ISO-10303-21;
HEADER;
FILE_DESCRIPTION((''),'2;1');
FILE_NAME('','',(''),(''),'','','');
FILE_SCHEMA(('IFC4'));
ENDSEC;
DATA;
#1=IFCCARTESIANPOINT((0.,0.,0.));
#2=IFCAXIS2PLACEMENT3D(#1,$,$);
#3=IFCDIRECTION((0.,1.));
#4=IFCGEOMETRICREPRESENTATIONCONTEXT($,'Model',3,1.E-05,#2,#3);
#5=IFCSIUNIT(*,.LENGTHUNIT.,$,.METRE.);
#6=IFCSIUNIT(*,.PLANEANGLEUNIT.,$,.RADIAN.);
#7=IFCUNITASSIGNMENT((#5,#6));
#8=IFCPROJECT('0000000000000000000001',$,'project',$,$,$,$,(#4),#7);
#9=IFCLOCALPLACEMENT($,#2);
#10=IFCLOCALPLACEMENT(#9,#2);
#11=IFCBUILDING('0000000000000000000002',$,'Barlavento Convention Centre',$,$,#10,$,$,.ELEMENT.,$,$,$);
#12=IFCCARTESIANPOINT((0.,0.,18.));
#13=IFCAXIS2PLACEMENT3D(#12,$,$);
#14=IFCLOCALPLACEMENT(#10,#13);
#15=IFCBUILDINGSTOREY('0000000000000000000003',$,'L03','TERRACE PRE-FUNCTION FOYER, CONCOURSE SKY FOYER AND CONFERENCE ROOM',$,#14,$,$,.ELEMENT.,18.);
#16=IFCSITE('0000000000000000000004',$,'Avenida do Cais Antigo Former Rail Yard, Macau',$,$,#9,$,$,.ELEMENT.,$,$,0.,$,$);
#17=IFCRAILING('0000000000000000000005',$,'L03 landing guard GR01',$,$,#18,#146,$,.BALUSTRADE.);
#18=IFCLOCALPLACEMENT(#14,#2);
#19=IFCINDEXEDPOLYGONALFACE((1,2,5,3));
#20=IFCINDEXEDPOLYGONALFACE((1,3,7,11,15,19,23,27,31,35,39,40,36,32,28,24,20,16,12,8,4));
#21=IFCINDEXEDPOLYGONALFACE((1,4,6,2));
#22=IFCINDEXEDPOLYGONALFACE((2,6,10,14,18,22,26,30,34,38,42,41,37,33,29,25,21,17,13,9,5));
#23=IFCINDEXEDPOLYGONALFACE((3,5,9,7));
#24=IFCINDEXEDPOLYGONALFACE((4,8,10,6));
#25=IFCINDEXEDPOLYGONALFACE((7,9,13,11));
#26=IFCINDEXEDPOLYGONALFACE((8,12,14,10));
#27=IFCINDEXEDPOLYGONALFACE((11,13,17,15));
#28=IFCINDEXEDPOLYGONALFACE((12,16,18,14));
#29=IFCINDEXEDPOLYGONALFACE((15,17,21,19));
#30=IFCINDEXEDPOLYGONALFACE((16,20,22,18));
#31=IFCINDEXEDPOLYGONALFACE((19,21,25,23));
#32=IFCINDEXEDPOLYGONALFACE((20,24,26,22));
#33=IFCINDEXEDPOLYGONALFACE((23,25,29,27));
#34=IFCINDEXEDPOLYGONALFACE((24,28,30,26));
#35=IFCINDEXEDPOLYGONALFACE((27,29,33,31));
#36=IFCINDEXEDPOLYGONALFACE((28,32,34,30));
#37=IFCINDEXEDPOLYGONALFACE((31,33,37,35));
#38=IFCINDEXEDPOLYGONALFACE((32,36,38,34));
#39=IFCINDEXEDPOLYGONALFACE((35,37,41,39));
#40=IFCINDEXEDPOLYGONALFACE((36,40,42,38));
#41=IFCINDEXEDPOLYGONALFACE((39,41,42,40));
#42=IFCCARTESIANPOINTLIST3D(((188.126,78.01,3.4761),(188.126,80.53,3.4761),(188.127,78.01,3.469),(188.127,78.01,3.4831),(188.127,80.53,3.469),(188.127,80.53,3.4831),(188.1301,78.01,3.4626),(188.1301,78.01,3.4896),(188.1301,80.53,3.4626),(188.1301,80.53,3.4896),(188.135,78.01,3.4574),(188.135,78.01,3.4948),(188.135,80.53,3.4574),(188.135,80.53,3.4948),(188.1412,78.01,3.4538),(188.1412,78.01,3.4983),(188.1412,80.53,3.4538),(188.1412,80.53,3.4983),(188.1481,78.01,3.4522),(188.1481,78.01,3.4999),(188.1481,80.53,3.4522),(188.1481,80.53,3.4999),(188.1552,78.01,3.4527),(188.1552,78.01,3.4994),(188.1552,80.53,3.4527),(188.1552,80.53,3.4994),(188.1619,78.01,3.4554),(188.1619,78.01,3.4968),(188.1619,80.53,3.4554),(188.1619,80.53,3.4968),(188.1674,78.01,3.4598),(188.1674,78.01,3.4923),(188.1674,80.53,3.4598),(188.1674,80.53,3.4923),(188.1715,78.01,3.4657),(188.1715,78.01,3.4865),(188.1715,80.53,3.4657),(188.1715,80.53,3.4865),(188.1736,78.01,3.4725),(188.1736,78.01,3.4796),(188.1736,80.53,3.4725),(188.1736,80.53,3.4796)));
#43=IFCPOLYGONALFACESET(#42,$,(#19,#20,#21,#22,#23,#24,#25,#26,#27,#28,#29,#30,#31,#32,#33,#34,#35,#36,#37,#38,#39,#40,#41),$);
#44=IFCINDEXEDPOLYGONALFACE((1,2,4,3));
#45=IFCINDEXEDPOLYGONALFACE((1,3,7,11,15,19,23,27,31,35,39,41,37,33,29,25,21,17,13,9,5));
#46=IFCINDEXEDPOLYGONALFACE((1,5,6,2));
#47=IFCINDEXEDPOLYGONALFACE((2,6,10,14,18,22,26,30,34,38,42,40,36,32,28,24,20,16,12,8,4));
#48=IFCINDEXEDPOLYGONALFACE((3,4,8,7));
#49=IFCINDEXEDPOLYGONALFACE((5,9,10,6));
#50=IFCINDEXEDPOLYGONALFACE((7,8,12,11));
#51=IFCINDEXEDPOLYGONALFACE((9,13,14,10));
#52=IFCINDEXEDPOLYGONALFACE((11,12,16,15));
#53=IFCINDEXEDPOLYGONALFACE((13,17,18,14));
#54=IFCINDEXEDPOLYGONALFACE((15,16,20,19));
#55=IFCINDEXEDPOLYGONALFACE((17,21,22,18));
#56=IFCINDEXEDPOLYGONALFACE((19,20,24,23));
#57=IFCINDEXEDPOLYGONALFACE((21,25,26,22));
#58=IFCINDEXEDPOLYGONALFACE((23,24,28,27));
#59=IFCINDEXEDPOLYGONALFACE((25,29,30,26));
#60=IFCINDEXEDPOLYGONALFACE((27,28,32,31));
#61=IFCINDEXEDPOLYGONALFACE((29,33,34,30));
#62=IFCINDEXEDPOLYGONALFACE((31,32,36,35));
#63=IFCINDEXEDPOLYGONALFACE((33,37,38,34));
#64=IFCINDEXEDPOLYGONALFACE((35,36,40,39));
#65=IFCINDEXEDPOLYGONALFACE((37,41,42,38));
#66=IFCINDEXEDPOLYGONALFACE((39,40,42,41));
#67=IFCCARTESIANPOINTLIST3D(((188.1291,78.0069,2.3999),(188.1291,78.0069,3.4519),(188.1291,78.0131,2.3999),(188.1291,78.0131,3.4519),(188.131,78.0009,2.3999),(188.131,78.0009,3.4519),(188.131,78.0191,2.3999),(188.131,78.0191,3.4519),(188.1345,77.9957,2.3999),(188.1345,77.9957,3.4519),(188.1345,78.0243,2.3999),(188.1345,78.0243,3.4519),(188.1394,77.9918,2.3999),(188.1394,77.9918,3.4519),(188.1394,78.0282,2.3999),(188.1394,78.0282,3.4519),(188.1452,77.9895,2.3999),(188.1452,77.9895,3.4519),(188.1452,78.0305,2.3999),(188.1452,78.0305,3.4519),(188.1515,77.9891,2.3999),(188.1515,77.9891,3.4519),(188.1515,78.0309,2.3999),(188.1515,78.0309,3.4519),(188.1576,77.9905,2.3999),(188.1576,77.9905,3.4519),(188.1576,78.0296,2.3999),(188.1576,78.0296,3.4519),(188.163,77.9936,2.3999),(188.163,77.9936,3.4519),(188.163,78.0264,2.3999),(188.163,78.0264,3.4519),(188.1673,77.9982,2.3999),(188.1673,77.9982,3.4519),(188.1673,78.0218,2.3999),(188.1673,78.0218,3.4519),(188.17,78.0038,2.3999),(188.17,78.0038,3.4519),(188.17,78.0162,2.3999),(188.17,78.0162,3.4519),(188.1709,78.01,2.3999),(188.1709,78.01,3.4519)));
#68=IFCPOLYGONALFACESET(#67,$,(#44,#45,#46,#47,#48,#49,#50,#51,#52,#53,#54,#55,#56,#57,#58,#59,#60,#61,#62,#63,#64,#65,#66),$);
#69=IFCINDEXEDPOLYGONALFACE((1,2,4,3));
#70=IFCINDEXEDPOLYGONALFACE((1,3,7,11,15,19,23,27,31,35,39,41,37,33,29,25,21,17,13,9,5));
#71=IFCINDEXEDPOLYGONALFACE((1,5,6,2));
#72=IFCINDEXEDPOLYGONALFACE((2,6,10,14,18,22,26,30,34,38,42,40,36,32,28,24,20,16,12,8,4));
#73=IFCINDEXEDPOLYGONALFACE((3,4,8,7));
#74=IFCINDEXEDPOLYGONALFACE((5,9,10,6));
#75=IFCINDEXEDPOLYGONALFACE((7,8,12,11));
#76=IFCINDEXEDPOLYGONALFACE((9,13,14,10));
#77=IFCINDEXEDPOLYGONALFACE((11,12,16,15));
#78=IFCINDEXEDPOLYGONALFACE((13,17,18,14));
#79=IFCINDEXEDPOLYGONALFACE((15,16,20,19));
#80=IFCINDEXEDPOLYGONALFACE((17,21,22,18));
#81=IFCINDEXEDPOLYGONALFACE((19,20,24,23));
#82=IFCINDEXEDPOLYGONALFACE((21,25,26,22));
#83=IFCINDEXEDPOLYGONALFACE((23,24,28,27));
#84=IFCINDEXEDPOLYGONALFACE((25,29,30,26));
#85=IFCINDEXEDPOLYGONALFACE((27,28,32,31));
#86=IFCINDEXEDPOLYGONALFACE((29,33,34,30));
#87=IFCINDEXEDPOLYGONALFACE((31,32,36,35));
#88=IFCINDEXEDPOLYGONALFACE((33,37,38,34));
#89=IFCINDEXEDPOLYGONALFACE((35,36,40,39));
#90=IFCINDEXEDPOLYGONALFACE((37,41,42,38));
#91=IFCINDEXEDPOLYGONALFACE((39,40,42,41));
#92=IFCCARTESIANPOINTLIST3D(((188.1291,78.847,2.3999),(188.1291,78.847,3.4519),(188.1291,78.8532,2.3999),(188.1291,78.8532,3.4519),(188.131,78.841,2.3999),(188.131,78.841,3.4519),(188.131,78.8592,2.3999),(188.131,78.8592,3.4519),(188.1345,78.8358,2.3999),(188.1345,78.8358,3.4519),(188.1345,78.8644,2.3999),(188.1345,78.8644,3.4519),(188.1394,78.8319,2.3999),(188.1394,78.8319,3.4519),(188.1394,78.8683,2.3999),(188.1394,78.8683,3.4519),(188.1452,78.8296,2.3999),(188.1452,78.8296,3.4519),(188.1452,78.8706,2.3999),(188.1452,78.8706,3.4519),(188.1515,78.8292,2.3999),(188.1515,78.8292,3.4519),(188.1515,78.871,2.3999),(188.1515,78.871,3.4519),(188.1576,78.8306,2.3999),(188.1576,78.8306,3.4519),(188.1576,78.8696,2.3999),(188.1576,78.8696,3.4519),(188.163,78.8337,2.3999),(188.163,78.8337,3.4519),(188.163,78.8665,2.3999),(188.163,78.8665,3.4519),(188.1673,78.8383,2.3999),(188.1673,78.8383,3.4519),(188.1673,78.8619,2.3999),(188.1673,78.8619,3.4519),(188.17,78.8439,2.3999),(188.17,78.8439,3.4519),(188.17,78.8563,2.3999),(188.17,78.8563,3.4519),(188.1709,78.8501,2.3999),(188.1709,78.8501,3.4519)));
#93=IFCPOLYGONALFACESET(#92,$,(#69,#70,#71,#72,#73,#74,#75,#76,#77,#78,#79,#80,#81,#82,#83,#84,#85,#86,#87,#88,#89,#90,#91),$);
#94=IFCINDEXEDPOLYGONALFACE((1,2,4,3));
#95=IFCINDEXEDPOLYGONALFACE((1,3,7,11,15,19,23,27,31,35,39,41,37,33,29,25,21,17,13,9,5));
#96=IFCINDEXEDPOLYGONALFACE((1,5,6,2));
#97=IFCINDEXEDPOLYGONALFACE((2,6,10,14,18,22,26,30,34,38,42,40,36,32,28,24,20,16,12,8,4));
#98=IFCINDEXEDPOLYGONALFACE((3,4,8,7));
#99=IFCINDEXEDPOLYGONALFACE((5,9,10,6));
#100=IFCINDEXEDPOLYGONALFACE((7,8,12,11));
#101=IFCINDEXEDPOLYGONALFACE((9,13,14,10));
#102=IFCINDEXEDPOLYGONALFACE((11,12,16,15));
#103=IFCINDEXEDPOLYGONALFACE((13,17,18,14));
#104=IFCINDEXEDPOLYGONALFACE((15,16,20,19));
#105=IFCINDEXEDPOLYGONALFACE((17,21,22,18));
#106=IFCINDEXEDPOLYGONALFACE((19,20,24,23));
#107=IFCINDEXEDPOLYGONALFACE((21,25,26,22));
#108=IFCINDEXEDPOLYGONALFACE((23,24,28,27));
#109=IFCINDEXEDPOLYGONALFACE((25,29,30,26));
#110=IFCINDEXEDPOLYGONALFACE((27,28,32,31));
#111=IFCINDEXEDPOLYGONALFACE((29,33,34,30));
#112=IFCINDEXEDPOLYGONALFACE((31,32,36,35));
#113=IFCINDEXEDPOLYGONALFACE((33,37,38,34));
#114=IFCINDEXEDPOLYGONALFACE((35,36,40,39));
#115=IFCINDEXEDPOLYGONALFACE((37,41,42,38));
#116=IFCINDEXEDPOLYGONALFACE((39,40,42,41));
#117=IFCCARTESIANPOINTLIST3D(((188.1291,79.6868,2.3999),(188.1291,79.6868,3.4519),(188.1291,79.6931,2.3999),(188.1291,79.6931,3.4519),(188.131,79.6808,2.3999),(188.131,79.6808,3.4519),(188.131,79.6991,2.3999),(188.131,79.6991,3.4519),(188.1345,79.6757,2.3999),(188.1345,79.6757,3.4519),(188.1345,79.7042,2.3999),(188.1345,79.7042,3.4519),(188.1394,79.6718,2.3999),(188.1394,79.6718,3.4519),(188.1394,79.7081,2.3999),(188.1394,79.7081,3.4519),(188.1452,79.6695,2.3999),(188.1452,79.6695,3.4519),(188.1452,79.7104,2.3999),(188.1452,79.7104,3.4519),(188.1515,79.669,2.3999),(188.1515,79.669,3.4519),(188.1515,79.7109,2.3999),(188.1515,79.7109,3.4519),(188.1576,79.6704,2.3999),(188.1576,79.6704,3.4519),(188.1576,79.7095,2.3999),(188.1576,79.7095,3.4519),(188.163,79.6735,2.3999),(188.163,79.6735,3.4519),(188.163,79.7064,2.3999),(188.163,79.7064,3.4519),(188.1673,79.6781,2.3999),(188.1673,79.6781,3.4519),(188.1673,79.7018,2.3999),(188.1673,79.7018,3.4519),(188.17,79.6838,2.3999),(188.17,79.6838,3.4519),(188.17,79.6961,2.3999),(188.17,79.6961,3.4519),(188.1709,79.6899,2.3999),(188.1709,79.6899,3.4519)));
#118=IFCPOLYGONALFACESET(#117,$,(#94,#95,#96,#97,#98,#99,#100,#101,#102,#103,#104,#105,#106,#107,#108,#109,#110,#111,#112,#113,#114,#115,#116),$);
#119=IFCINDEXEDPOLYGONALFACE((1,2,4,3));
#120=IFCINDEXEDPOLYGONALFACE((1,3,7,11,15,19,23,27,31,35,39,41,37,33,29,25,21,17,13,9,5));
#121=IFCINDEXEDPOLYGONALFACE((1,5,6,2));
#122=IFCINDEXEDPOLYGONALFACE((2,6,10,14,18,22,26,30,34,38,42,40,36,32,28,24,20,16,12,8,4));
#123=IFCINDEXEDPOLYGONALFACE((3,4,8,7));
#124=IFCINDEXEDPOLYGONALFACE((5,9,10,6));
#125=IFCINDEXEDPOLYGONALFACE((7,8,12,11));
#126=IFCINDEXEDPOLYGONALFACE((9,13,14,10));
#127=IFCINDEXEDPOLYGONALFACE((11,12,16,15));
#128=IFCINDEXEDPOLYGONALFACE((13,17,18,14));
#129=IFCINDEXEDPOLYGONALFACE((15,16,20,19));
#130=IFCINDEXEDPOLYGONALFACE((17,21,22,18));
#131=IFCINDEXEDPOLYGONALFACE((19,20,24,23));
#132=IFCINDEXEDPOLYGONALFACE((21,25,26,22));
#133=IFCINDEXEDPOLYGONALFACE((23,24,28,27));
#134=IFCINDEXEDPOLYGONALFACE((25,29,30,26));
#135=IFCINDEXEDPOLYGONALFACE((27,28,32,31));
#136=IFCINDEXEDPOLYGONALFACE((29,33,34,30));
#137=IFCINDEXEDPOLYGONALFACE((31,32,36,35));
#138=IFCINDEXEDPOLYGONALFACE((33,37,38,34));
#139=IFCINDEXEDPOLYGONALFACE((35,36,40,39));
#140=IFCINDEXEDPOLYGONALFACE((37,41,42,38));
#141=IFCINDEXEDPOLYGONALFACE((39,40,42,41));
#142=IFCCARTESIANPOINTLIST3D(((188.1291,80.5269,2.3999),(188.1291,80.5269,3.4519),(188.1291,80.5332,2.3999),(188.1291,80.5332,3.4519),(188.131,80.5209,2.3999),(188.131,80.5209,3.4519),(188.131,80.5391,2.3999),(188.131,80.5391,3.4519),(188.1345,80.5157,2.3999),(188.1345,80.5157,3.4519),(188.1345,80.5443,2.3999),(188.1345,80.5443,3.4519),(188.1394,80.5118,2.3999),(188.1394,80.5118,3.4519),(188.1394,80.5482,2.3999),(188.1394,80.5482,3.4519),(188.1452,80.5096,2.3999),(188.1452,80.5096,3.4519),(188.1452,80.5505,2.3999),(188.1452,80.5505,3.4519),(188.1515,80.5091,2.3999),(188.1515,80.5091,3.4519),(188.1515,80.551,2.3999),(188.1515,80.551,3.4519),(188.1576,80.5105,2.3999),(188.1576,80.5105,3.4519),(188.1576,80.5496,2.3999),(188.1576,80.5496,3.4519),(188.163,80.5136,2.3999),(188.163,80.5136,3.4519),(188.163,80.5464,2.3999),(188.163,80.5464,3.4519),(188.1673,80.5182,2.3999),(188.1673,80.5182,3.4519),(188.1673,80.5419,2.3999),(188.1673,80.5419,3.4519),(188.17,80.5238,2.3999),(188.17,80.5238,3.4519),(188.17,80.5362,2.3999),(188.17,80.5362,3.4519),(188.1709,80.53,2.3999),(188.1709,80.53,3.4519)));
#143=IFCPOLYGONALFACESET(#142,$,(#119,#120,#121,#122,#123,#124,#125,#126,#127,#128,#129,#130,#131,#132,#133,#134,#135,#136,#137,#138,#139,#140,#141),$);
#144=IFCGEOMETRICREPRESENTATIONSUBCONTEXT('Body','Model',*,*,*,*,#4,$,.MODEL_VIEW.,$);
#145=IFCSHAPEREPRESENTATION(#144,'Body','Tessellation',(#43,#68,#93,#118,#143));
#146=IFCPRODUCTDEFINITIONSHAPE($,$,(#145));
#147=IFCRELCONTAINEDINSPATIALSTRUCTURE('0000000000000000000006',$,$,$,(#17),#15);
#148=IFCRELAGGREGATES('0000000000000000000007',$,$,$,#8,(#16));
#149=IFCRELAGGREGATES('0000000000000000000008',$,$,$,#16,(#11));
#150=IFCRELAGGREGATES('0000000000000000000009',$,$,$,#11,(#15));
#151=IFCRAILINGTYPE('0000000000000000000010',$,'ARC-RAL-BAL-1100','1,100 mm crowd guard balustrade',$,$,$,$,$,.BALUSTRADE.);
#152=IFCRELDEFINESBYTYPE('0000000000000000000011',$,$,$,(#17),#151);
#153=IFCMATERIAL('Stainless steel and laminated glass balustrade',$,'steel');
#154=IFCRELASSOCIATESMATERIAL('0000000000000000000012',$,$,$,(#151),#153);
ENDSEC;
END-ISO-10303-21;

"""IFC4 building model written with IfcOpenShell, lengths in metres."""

from ifc_helpers import new_model, si_unit, direction, frame, origin, origin_2d, place, context, subcontext, project, spatial, circle, extrude, material, type_object, element, save


model = new_model("IFC4")

# Units and contexts
model_context = context("Model", 3, precision=1e-05, world=origin(), true_north=direction((0.0, 1.0)))
body_context = subcontext(model_context, "Body", "Model", "MODEL_VIEW")
ifc_project = project(units=[si_unit("LENGTHUNIT", "METRE"), si_unit("PLANEANGLEUNIT", "RADIAN")], contexts=[model_context])

# Site, building, storey
site_placement = place(None, origin())
site = spatial("IfcSite", under=ifc_project, at=site_placement, Name="Avenida do Cais Antigo Former Rail Yard, Macau", CompositionType="ELEMENT", RefElevation=0.0)
building_placement = place(site_placement, origin())
building = spatial("IfcBuilding", under=site, at=building_placement, Name="Barlavento Convention Centre", CompositionType="ELEMENT")
storey_placement = place(building_placement, frame((0.0, 0.0, 18.0)))
storey = spatial("IfcBuildingStorey", under=building, at=storey_placement, Name="L03", Description="TERRACE PRE-FUNCTION FOYER, CONCOURSE SKY FOYER AND CONFERENCE ROOM", CompositionType="ELEMENT", Elevation=18.0)

# Railing
ifc_material_1 = material(Name="Stainless steel and laminated glass balustrade", Category="steel")
railing_type_1 = type_object("IfcRailingType", Name="ARC-RAL-BAL-1100", Description="1,100 mm crowd guard balustrade", PredefinedType="BALUSTRADE", material=ifc_material_1)
for number, where, name in (
    (1, (188.1499, 78.01, 2.3999), "L03 landing guard GR01"),
):
    element("IfcRailing", number, at=place(storey_placement, frame(where)), inside=storey, type_object=railing_type_1, Name=name, PredefinedType="BALUSTRADE", context=body_context, shape_type="SweptSolid", body=[
        extrude(circle(Radius=0.0239, at=origin_2d()), frame((0.0, 0.0, 1.0762), z_axis=(0.0, 1.0, 0.0), x_axis=(-1.0, 0.0, 0.0)), (0.0, 0.0, 1.0), 2.52),
        extrude(circle(Radius=0.021, at=origin_2d()), origin(), (0.0, 0.0, 1.0), 1.052),
        extrude(circle(Radius=0.021, at=origin_2d()), frame((0.0, 0.8401, 0.0)), (0.0, 0.0, 1.0), 1.052),
        extrude(circle(Radius=0.021, at=origin_2d()), frame((0.0, 1.6799, 0.0)), (0.0, 0.0, 1.0), 1.052),
        extrude(circle(Radius=0.021, at=origin_2d()), frame((0.0, 2.52, 0.0)), (0.0, 0.0, 1.0), 1.052),
    ])

save(model, "model.ifc")
